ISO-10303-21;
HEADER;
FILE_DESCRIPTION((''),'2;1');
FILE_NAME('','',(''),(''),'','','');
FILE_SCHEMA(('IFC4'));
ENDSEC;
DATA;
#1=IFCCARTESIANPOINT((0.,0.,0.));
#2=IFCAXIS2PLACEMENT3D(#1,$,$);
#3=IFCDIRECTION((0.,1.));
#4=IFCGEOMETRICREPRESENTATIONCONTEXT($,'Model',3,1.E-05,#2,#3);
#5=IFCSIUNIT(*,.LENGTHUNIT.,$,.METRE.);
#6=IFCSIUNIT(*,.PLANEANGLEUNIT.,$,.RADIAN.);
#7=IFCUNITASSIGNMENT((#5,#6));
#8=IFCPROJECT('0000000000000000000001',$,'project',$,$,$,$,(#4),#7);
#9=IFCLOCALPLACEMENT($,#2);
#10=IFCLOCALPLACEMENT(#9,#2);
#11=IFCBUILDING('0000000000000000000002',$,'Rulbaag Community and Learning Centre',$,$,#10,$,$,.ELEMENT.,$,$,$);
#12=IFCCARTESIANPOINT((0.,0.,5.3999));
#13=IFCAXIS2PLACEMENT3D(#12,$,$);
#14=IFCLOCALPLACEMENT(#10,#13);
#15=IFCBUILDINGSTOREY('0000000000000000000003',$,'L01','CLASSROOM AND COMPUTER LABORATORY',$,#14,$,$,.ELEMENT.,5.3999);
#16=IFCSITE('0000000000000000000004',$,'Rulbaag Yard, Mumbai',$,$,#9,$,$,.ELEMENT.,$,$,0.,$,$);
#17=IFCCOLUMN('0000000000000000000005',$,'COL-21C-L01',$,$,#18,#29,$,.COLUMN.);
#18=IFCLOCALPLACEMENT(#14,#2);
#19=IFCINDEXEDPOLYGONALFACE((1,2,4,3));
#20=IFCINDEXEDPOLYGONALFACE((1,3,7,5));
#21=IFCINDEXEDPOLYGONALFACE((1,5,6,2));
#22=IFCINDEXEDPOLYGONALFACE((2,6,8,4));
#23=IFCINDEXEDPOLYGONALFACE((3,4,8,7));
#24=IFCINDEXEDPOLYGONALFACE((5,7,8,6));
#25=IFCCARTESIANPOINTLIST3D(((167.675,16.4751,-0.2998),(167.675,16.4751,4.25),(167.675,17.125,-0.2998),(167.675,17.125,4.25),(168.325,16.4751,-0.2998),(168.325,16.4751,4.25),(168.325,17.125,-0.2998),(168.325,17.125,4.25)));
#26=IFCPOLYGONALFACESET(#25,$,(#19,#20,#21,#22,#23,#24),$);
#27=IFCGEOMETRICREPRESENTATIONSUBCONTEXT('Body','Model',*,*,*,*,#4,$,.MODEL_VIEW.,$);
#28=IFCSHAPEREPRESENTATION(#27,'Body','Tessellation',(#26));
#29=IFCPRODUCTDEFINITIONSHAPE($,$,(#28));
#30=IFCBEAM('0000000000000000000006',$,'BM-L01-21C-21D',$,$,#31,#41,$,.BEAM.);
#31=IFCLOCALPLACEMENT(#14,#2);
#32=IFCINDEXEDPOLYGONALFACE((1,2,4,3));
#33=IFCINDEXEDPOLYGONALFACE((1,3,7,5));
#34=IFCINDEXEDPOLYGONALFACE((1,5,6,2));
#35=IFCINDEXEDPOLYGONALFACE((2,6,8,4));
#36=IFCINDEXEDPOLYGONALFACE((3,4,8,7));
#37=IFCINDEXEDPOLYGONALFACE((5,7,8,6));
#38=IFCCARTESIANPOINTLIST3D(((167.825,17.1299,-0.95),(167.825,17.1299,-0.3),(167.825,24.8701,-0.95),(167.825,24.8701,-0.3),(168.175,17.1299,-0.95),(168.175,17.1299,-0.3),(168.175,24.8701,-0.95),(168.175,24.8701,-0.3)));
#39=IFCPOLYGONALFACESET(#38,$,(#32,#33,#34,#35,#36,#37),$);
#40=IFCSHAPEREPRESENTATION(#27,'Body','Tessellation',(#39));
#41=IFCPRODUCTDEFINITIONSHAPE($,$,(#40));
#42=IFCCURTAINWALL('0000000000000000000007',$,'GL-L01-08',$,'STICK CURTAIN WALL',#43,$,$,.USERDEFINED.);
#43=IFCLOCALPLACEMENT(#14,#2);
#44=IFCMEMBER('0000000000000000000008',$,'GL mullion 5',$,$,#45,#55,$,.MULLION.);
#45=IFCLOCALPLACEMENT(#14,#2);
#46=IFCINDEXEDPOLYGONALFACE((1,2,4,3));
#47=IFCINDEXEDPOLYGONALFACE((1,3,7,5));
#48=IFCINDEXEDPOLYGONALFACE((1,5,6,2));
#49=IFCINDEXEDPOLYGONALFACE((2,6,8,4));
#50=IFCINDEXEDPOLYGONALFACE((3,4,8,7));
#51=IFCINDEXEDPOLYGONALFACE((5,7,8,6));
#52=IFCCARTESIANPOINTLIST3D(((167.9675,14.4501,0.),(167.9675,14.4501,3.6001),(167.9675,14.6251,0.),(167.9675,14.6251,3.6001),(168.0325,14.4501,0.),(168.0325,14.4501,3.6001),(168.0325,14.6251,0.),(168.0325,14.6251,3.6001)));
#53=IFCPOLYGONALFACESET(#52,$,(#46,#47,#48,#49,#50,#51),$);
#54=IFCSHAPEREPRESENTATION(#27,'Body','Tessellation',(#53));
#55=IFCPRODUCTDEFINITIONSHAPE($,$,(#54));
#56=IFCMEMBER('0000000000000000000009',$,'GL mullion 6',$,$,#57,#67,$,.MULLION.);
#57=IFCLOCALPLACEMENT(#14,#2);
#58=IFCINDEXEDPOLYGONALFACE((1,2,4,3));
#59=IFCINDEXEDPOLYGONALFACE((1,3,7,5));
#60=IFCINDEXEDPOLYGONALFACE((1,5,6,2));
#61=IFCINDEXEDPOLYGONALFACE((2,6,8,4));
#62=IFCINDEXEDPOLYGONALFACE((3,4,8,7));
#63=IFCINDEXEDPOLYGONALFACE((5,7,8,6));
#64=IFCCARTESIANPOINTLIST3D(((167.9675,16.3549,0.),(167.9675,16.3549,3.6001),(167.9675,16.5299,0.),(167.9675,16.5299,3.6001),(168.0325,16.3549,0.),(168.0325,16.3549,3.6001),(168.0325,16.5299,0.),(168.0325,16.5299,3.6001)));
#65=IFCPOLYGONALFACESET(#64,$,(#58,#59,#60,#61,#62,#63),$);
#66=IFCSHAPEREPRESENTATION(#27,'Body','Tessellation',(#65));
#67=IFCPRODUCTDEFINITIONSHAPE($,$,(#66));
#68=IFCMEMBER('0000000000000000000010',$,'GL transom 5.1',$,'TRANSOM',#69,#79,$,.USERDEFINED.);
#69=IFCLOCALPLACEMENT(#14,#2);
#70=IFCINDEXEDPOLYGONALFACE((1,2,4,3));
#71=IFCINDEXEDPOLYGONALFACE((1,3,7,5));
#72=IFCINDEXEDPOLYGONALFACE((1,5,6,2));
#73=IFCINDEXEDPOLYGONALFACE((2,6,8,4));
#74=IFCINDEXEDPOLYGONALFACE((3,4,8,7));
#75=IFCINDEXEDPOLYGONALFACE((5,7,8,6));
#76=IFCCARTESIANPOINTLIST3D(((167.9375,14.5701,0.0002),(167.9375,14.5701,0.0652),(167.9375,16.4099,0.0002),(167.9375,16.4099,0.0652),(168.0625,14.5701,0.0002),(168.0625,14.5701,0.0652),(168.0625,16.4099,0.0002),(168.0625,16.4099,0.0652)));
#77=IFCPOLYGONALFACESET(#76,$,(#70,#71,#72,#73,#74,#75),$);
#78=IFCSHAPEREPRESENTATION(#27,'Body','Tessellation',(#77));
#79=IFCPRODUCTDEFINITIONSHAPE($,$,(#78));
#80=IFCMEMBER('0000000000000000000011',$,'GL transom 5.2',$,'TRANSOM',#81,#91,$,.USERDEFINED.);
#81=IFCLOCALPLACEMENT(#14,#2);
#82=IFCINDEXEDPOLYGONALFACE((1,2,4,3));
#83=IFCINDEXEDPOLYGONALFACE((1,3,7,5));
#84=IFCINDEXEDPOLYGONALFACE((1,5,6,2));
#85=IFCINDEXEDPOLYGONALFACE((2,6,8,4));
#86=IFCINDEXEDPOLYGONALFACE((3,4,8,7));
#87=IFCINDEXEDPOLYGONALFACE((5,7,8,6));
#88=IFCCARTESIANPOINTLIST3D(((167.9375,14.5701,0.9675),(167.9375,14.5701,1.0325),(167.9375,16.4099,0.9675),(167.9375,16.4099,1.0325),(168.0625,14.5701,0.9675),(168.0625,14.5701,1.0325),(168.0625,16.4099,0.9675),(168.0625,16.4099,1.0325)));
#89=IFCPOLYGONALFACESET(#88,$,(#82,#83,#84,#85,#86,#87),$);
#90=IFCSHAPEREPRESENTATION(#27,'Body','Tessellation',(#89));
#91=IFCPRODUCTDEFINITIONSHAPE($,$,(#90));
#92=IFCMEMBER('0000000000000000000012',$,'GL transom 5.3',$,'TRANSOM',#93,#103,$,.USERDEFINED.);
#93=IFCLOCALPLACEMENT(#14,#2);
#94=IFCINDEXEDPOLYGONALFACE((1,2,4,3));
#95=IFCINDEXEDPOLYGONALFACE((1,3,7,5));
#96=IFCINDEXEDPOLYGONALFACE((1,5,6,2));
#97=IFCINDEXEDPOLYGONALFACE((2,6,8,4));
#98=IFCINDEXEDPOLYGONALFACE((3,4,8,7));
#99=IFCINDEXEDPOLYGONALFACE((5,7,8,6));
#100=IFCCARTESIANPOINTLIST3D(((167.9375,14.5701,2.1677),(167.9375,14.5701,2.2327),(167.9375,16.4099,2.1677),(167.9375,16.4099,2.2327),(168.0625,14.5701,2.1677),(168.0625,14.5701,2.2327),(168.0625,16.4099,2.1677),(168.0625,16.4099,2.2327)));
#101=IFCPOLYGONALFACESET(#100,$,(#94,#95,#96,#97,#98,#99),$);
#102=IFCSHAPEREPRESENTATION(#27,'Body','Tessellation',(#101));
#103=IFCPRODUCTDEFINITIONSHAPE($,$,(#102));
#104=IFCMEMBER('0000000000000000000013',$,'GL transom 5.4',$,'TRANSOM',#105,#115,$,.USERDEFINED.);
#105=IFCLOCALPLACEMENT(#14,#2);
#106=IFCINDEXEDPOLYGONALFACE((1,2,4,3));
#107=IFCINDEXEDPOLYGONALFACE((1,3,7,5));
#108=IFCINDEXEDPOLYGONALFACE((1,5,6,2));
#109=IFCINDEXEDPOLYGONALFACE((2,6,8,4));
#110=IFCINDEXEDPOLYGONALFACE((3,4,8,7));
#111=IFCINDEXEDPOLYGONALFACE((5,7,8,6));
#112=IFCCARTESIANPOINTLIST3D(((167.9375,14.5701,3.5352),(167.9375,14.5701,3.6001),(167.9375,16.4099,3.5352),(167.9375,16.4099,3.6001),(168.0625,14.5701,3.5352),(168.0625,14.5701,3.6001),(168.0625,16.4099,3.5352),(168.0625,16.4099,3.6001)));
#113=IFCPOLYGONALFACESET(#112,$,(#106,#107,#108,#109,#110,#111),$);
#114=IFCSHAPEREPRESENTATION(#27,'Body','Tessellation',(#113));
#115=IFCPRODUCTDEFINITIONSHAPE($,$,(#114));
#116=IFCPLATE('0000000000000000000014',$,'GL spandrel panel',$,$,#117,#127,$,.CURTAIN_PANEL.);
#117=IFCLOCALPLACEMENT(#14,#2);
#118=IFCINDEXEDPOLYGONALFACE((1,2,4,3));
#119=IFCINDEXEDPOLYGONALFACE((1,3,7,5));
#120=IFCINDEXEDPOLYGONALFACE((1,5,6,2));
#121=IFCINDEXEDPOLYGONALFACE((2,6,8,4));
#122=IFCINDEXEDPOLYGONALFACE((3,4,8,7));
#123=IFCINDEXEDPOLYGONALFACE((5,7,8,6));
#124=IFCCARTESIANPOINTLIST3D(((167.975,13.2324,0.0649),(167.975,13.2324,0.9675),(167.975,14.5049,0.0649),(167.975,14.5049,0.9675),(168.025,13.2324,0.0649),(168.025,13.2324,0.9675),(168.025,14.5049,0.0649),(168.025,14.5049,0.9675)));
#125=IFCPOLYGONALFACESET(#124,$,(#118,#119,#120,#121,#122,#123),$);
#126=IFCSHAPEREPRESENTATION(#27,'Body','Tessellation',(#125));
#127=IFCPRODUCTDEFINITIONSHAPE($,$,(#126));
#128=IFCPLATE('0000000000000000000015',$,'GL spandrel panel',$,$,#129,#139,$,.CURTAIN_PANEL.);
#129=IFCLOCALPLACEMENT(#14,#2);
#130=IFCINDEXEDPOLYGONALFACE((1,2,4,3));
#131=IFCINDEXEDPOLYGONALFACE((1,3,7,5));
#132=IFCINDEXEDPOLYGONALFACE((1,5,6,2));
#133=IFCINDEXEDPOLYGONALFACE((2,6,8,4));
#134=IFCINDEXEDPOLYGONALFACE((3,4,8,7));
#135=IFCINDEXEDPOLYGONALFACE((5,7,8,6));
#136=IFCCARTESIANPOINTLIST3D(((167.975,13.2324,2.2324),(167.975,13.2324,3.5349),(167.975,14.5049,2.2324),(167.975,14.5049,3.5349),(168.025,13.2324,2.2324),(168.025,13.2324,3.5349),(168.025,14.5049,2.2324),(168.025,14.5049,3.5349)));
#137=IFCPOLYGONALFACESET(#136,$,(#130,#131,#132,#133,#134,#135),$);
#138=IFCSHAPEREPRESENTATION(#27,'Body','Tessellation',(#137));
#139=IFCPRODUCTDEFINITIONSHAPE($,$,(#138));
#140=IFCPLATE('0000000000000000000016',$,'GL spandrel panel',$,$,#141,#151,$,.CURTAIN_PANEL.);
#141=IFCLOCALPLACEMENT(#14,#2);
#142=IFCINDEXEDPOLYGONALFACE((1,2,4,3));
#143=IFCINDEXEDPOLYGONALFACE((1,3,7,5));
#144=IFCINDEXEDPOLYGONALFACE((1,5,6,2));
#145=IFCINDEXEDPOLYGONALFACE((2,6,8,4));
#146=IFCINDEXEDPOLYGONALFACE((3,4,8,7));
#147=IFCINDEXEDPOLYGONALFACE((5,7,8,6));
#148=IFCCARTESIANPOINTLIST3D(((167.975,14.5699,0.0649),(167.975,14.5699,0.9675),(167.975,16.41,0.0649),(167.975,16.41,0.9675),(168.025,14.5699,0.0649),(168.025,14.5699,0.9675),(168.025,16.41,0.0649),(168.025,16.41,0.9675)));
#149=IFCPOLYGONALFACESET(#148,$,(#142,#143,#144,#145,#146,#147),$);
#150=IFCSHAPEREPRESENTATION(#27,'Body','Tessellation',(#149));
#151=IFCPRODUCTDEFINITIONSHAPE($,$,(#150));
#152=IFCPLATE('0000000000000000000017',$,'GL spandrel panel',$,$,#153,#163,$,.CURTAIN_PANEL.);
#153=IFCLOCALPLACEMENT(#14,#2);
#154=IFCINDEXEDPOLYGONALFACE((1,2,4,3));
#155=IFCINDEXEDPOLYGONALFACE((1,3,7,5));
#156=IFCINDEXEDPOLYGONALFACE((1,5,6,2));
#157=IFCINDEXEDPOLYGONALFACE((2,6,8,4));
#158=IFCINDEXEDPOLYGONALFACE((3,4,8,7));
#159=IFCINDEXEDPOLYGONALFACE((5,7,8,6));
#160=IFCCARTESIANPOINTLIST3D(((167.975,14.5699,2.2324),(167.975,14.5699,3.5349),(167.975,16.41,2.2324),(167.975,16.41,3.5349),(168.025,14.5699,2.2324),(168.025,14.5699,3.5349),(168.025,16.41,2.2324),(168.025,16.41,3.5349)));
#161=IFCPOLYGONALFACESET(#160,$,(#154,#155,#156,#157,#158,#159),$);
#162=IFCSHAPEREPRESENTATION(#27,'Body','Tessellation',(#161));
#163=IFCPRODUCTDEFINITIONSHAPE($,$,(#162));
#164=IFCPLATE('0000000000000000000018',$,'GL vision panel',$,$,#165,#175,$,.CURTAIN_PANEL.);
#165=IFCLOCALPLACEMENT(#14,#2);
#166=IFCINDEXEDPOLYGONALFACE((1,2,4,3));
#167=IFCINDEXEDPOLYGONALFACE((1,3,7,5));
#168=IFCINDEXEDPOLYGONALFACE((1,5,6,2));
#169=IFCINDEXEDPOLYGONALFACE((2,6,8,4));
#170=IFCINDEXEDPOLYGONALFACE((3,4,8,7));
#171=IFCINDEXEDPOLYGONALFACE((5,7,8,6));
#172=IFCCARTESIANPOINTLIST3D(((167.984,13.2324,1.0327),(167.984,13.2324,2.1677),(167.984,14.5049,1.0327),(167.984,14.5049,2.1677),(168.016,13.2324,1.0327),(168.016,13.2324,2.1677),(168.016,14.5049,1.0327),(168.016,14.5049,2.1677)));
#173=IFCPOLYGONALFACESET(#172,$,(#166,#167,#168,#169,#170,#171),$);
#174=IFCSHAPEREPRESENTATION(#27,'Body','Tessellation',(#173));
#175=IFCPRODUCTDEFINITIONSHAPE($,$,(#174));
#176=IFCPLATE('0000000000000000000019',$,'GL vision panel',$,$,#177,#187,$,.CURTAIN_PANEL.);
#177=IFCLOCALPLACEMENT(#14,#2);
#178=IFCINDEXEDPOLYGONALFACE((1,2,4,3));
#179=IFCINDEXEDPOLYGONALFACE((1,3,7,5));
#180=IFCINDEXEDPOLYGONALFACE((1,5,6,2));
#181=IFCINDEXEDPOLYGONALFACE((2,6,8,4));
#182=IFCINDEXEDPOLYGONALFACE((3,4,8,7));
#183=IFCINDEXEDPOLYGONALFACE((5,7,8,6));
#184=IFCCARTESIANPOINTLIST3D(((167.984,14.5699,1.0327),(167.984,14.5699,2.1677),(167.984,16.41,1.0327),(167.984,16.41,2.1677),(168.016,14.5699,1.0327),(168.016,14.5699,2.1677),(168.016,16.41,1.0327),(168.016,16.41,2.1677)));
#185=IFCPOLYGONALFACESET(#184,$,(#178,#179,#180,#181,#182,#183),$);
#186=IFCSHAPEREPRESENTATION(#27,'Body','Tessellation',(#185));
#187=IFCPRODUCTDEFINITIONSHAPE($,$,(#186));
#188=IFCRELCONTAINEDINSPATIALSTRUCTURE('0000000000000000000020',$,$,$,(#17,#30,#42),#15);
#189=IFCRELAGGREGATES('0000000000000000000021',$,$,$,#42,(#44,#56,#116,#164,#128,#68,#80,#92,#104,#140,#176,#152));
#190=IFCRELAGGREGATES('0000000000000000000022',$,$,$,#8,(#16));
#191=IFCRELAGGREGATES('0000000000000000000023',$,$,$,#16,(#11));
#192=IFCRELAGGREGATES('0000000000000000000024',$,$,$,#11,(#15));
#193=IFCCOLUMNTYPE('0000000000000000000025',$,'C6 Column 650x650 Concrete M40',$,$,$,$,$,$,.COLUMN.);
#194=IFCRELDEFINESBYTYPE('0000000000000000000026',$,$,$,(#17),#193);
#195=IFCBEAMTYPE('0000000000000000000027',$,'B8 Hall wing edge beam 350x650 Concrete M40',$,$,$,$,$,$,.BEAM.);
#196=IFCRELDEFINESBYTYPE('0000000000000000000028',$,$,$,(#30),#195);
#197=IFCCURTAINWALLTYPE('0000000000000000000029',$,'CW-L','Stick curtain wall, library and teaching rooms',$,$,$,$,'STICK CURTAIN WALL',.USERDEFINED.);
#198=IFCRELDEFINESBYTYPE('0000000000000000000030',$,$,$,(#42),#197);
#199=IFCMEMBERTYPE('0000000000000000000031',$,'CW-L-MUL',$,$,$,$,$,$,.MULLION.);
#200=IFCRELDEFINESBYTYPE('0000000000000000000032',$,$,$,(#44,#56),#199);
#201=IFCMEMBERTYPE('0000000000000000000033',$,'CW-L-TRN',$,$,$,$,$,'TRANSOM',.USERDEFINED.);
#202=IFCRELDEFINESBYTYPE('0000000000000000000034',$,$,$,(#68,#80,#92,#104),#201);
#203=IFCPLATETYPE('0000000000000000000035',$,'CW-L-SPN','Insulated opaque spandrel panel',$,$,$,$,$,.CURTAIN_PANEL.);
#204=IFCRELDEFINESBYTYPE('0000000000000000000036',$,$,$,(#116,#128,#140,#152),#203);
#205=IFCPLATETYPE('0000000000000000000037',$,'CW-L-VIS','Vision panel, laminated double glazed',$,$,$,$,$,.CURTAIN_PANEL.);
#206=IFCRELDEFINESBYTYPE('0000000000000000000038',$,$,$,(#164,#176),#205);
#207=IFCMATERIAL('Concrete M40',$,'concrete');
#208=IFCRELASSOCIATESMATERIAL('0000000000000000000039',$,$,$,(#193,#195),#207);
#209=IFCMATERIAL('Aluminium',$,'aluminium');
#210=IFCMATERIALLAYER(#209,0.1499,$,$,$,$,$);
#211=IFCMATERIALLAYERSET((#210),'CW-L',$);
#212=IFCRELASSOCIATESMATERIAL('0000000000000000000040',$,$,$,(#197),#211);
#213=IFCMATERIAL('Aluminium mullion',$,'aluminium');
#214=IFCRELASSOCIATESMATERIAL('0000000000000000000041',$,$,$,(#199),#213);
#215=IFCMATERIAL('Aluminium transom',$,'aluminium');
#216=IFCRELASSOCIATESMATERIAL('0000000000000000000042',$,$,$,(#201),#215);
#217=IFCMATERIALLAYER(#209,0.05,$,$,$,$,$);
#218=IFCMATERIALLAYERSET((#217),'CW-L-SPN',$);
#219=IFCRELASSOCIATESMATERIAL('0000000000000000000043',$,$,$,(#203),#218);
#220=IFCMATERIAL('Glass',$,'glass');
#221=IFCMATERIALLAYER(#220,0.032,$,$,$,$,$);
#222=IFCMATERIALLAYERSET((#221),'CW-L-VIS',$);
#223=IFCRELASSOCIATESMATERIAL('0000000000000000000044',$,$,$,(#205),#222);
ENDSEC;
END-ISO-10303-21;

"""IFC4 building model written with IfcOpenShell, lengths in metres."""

from ifc_helpers import new_model, si_unit, direction, frame, origin, origin_2d, place, context, subcontext, project, spatial, rectangle, extrude, material, layer, layer_set, material_profile, profile_set, type_object, element, aggregate, save


model = new_model("IFC4")

# Units and contexts
model_context = context("Model", 3, precision=1e-05, world=origin(), true_north=direction((0.0, 1.0)))
body_context = subcontext(model_context, "Body", "Model", "MODEL_VIEW")
ifc_project = project(units=[si_unit("LENGTHUNIT", "METRE"), si_unit("PLANEANGLEUNIT", "RADIAN")], contexts=[model_context])

# Site, building, storey
site_placement = place(None, origin())
site = spatial("IfcSite", under=ifc_project, at=site_placement, Name="Rulbaag Yard, Mumbai", CompositionType="ELEMENT", RefElevation=0.0)
building_placement = place(site_placement, origin())
building = spatial("IfcBuilding", under=site, at=building_placement, Name="Rulbaag Community and Learning Centre", CompositionType="ELEMENT")
storey_placement = place(building_placement, frame((0.0, 0.0, 5.3999)))
storey = spatial("IfcBuildingStorey", under=building, at=storey_placement, Name="L01", Description="CLASSROOM AND COMPUTER LABORATORY", CompositionType="ELEMENT", Elevation=5.3999)

# Column
ifc_material_1 = material(Name="Concrete M40", Category="concrete")
ifc_material_profile_1 = material_profile(ifc_material_1, rectangle(XDim=0.6499, YDim=0.6499, at=origin_2d()), Name="RC650x650")
ifc_profile_set_1 = profile_set([ifc_material_profile_1], Name="Concrete M40")
column_type = type_object("IfcColumnType", Name="C6 Column 650x650 Concrete M40", PredefinedType="COLUMN", material=ifc_profile_set_1)
column_placement = place(storey_placement, frame((168.0, 16.8, -0.2998), z_axis=(0.0, 0.0, 1.0), x_axis=(1.0, 0.0, 0.0)))
element("IfcColumn", 1, at=column_placement, inside=storey, type_object=column_type, Name="COL-21C-L01", PredefinedType="COLUMN", context=body_context, shape_type="SweptSolid", body=[
    extrude(rectangle(XDim=0.6499, YDim=0.6499, at=origin_2d()), origin(), (0.0, 0.0, 1.0), 4.5498),
])

# Beam
ifc_material_profile_2 = material_profile(ifc_material_1, rectangle(XDim=0.3501, YDim=0.6499, at=origin_2d()), Name="RB350x650")
ifc_profile_set_2 = profile_set([ifc_material_profile_2], Name="Concrete M40")
beam_type = type_object("IfcBeamType", Name="B8 Hall wing edge beam 350x650 Concrete M40", PredefinedType="BEAM", material=ifc_profile_set_2)
beam_placement = place(storey_placement, frame((168.0, 17.1299, -0.625), z_axis=(0.0, 1.0, 0.0), x_axis=(-1.0, 0.0, 0.0)))
element("IfcBeam", 2, at=beam_placement, inside=storey, type_object=beam_type, Name="BM-L01-21C-21D", PredefinedType="BEAM", context=body_context, shape_type="SweptSolid", body=[
    extrude(rectangle(XDim=0.3501, YDim=0.6499, at=origin_2d()), origin(), (0.0, 0.0, 1.0), 7.7402),
])

# Curtain wall, members, plates
ifc_material_2 = material(Name="Aluminium", Category="aluminium")
ifc_layer_1 = layer(ifc_material_2, 0.1499)
ifc_layer_set_1 = layer_set([ifc_layer_1], Name="CW-L")
curtain_wall_type = type_object("IfcCurtainWallType", Name="CW-L", Description="Stick curtain wall, library and teaching rooms", ElementType="STICK CURTAIN WALL", PredefinedType="USERDEFINED", material=ifc_layer_set_1)
curtain_wall_placement = place(storey_placement, origin())
curtain_wall = element("IfcCurtainWall", 3, at=curtain_wall_placement, inside=storey, type_object=curtain_wall_type, Name="GL-L01-08", ObjectType="STICK CURTAIN WALL", PredefinedType="USERDEFINED")
ifc_material_3 = material(Name="Aluminium mullion", Category="aluminium")
ifc_material_profile_3 = material_profile(ifc_material_3, rectangle(XDim=0.0649, YDim=0.175, at=origin_2d()), Name="AL 65x175")
ifc_profile_set_3 = profile_set([ifc_material_profile_3], Name="Aluminium mullion")
member_type_1 = type_object("IfcMemberType", Name="CW-L-MUL", PredefinedType="MULLION", material=ifc_profile_set_3)
member_1_placement = place(storey_placement, frame((168.0, 14.5376, 0.0), z_axis=(0.0, 0.0, 1.0), x_axis=(-1.0, 0.0, 0.0)))
member_1 = element("IfcMember", 4, at=member_1_placement, type_object=member_type_1, Name="GL mullion 5", PredefinedType="MULLION", context=body_context, shape_type="SweptSolid", body=[
    extrude(rectangle(XDim=0.0649, YDim=0.175, at=origin_2d()), origin(), (0.0, 0.0, 1.0), 3.6001),
])
member_2_placement = place(storey_placement, frame((168.0, 16.4424, 0.0), z_axis=(0.0, 0.0, 1.0), x_axis=(-1.0, 0.0, 0.0)))
member_2 = element("IfcMember", 5, at=member_2_placement, type_object=member_type_1, Name="GL mullion 6", PredefinedType="MULLION", context=body_context, shape_type="SweptSolid", body=[
    extrude(rectangle(XDim=0.0649, YDim=0.175, at=origin_2d()), origin(), (0.0, 0.0, 1.0), 3.6001),
])
ifc_material_4 = material(Name="Aluminium transom", Category="aluminium")
ifc_material_profile_4 = material_profile(ifc_material_4, rectangle(XDim=0.125, YDim=0.0649, at=origin_2d()), Name="AL 65x125 T")
ifc_profile_set_4 = profile_set([ifc_material_profile_4], Name="Aluminium transom")
member_type_2 = type_object("IfcMemberType", Name="CW-L-TRN", ElementType="TRANSOM", PredefinedType="USERDEFINED", material=ifc_profile_set_4)
member_3_placement = place(storey_placement, frame((168.0, 14.5701, 0.0327), z_axis=(0.0, 1.0, 0.0), x_axis=(-1.0, 0.0, 0.0)))
member_3 = element("IfcMember", 6, at=member_3_placement, type_object=member_type_2, Name="GL transom 5.1", ObjectType="TRANSOM", PredefinedType="USERDEFINED", context=body_context, shape_type="SweptSolid", body=[
    extrude(rectangle(XDim=0.125, YDim=0.0649, at=origin_2d()), origin(), (0.0, 0.0, 1.0), 1.8398),
])
member_4_placement = place(storey_placement, frame((168.0, 14.5701, 1.0), z_axis=(0.0, 1.0, 0.0), x_axis=(-1.0, 0.0, 0.0)))
member_4 = element("IfcMember", 7, at=member_4_placement, type_object=member_type_2, Name="GL transom 5.2", ObjectType="TRANSOM", PredefinedType="USERDEFINED", context=body_context, shape_type="SweptSolid", body=[
    extrude(rectangle(XDim=0.125, YDim=0.0649, at=origin_2d()), origin(), (0.0, 0.0, 1.0), 1.8398),
])
member_5_placement = place(storey_placement, frame((168.0, 14.5701, 2.2002), z_axis=(0.0, 1.0, 0.0), x_axis=(-1.0, 0.0, 0.0)))
member_5 = element("IfcMember", 8, at=member_5_placement, type_object=member_type_2, Name="GL transom 5.3", ObjectType="TRANSOM", PredefinedType="USERDEFINED", context=body_context, shape_type="SweptSolid", body=[
    extrude(rectangle(XDim=0.125, YDim=0.0649, at=origin_2d()), origin(), (0.0, 0.0, 1.0), 1.8398),
])
member_6_placement = place(storey_placement, frame((168.0, 14.5701, 3.5676), z_axis=(0.0, 1.0, 0.0), x_axis=(-1.0, 0.0, 0.0)))
member_6 = element("IfcMember", 9, at=member_6_placement, type_object=member_type_2, Name="GL transom 5.4", ObjectType="TRANSOM", PredefinedType="USERDEFINED", context=body_context, shape_type="SweptSolid", body=[
    extrude(rectangle(XDim=0.125, YDim=0.0649, at=origin_2d()), origin(), (0.0, 0.0, 1.0), 1.8398),
])
ifc_layer_2 = layer(ifc_material_2, 0.05)
ifc_layer_set_2 = layer_set([ifc_layer_2], Name="CW-L-SPN")
plate_type_1 = type_object("IfcPlateType", Name="CW-L-SPN", Description="Insulated opaque spandrel panel", PredefinedType="CURTAIN_PANEL", material=ifc_layer_set_2)
plate_1_placement = place(storey_placement, frame((168.0, 13.8687, 0.0649), z_axis=(0.0, 0.0, 1.0), x_axis=(0.0, 1.0, 0.0)))
plate_1 = element("IfcPlate", 10, at=plate_1_placement, type_object=plate_type_1, Name="GL spandrel panel", PredefinedType="CURTAIN_PANEL", context=body_context, shape_type="SweptSolid", body=[
    extrude(rectangle(XDim=1.2725, YDim=0.05, at=origin_2d()), origin(), (0.0, 0.0, 1.0), 0.9026),
])
plate_2_placement = place(storey_placement, frame((168.0, 13.8687, 2.2324), z_axis=(0.0, 0.0, 1.0), x_axis=(0.0, 1.0, 0.0)))
plate_2 = element("IfcPlate", 11, at=plate_2_placement, type_object=plate_type_1, Name="GL spandrel panel", PredefinedType="CURTAIN_PANEL", context=body_context, shape_type="SweptSolid", body=[
    extrude(rectangle(XDim=1.2725, YDim=0.05, at=origin_2d()), origin(), (0.0, 0.0, 1.0), 1.3025),
])
plate_3_placement = place(storey_placement, frame((168.0, 15.49, 0.0649), z_axis=(0.0, 0.0, 1.0), x_axis=(0.0, 1.0, 0.0)))
plate_3 = element("IfcPlate", 12, at=plate_3_placement, type_object=plate_type_1, Name="GL spandrel panel", PredefinedType="CURTAIN_PANEL", context=body_context, shape_type="SweptSolid", body=[
    extrude(rectangle(XDim=1.8401, YDim=0.05, at=origin_2d()), origin(), (0.0, 0.0, 1.0), 0.9026),
])
plate_4_placement = place(storey_placement, frame((168.0, 15.49, 2.2324), z_axis=(0.0, 0.0, 1.0), x_axis=(0.0, 1.0, 0.0)))
plate_4 = element("IfcPlate", 13, at=plate_4_placement, type_object=plate_type_1, Name="GL spandrel panel", PredefinedType="CURTAIN_PANEL", context=body_context, shape_type="SweptSolid", body=[
    extrude(rectangle(XDim=1.8401, YDim=0.05, at=origin_2d()), origin(), (0.0, 0.0, 1.0), 1.3025),
])
ifc_material_5 = material(Name="Glass", Category="glass")
ifc_layer_3 = layer(ifc_material_5, 0.032)
ifc_layer_set_3 = layer_set([ifc_layer_3], Name="CW-L-VIS")
plate_type_2 = type_object("IfcPlateType", Name="CW-L-VIS", Description="Vision panel, laminated double glazed", PredefinedType="CURTAIN_PANEL", material=ifc_layer_set_3)
plate_5_placement = place(storey_placement, frame((168.0, 13.8687, 1.0327), z_axis=(0.0, 0.0, 1.0), x_axis=(0.0, 1.0, 0.0)))
plate_5 = element("IfcPlate", 14, at=plate_5_placement, type_object=plate_type_2, Name="GL vision panel", PredefinedType="CURTAIN_PANEL", context=body_context, shape_type="SweptSolid", body=[
    extrude(rectangle(XDim=1.2725, YDim=0.032, at=origin_2d()), origin(), (0.0, 0.0, 1.0), 1.135),
])
plate_6_placement = place(storey_placement, frame((168.0, 15.49, 1.0327), z_axis=(0.0, 0.0, 1.0), x_axis=(0.0, 1.0, 0.0)))
plate_6 = element("IfcPlate", 15, at=plate_6_placement, type_object=plate_type_2, Name="GL vision panel", PredefinedType="CURTAIN_PANEL", context=body_context, shape_type="SweptSolid", body=[
    extrude(rectangle(XDim=1.8401, YDim=0.032, at=origin_2d()), origin(), (0.0, 0.0, 1.0), 1.135),
])
aggregate(curtain_wall, [member_1, member_2, plate_1, plate_5, plate_2, member_3, member_4, member_5, member_6, plate_3, plate_6, plate_4])

save(model, "model.ifc")
